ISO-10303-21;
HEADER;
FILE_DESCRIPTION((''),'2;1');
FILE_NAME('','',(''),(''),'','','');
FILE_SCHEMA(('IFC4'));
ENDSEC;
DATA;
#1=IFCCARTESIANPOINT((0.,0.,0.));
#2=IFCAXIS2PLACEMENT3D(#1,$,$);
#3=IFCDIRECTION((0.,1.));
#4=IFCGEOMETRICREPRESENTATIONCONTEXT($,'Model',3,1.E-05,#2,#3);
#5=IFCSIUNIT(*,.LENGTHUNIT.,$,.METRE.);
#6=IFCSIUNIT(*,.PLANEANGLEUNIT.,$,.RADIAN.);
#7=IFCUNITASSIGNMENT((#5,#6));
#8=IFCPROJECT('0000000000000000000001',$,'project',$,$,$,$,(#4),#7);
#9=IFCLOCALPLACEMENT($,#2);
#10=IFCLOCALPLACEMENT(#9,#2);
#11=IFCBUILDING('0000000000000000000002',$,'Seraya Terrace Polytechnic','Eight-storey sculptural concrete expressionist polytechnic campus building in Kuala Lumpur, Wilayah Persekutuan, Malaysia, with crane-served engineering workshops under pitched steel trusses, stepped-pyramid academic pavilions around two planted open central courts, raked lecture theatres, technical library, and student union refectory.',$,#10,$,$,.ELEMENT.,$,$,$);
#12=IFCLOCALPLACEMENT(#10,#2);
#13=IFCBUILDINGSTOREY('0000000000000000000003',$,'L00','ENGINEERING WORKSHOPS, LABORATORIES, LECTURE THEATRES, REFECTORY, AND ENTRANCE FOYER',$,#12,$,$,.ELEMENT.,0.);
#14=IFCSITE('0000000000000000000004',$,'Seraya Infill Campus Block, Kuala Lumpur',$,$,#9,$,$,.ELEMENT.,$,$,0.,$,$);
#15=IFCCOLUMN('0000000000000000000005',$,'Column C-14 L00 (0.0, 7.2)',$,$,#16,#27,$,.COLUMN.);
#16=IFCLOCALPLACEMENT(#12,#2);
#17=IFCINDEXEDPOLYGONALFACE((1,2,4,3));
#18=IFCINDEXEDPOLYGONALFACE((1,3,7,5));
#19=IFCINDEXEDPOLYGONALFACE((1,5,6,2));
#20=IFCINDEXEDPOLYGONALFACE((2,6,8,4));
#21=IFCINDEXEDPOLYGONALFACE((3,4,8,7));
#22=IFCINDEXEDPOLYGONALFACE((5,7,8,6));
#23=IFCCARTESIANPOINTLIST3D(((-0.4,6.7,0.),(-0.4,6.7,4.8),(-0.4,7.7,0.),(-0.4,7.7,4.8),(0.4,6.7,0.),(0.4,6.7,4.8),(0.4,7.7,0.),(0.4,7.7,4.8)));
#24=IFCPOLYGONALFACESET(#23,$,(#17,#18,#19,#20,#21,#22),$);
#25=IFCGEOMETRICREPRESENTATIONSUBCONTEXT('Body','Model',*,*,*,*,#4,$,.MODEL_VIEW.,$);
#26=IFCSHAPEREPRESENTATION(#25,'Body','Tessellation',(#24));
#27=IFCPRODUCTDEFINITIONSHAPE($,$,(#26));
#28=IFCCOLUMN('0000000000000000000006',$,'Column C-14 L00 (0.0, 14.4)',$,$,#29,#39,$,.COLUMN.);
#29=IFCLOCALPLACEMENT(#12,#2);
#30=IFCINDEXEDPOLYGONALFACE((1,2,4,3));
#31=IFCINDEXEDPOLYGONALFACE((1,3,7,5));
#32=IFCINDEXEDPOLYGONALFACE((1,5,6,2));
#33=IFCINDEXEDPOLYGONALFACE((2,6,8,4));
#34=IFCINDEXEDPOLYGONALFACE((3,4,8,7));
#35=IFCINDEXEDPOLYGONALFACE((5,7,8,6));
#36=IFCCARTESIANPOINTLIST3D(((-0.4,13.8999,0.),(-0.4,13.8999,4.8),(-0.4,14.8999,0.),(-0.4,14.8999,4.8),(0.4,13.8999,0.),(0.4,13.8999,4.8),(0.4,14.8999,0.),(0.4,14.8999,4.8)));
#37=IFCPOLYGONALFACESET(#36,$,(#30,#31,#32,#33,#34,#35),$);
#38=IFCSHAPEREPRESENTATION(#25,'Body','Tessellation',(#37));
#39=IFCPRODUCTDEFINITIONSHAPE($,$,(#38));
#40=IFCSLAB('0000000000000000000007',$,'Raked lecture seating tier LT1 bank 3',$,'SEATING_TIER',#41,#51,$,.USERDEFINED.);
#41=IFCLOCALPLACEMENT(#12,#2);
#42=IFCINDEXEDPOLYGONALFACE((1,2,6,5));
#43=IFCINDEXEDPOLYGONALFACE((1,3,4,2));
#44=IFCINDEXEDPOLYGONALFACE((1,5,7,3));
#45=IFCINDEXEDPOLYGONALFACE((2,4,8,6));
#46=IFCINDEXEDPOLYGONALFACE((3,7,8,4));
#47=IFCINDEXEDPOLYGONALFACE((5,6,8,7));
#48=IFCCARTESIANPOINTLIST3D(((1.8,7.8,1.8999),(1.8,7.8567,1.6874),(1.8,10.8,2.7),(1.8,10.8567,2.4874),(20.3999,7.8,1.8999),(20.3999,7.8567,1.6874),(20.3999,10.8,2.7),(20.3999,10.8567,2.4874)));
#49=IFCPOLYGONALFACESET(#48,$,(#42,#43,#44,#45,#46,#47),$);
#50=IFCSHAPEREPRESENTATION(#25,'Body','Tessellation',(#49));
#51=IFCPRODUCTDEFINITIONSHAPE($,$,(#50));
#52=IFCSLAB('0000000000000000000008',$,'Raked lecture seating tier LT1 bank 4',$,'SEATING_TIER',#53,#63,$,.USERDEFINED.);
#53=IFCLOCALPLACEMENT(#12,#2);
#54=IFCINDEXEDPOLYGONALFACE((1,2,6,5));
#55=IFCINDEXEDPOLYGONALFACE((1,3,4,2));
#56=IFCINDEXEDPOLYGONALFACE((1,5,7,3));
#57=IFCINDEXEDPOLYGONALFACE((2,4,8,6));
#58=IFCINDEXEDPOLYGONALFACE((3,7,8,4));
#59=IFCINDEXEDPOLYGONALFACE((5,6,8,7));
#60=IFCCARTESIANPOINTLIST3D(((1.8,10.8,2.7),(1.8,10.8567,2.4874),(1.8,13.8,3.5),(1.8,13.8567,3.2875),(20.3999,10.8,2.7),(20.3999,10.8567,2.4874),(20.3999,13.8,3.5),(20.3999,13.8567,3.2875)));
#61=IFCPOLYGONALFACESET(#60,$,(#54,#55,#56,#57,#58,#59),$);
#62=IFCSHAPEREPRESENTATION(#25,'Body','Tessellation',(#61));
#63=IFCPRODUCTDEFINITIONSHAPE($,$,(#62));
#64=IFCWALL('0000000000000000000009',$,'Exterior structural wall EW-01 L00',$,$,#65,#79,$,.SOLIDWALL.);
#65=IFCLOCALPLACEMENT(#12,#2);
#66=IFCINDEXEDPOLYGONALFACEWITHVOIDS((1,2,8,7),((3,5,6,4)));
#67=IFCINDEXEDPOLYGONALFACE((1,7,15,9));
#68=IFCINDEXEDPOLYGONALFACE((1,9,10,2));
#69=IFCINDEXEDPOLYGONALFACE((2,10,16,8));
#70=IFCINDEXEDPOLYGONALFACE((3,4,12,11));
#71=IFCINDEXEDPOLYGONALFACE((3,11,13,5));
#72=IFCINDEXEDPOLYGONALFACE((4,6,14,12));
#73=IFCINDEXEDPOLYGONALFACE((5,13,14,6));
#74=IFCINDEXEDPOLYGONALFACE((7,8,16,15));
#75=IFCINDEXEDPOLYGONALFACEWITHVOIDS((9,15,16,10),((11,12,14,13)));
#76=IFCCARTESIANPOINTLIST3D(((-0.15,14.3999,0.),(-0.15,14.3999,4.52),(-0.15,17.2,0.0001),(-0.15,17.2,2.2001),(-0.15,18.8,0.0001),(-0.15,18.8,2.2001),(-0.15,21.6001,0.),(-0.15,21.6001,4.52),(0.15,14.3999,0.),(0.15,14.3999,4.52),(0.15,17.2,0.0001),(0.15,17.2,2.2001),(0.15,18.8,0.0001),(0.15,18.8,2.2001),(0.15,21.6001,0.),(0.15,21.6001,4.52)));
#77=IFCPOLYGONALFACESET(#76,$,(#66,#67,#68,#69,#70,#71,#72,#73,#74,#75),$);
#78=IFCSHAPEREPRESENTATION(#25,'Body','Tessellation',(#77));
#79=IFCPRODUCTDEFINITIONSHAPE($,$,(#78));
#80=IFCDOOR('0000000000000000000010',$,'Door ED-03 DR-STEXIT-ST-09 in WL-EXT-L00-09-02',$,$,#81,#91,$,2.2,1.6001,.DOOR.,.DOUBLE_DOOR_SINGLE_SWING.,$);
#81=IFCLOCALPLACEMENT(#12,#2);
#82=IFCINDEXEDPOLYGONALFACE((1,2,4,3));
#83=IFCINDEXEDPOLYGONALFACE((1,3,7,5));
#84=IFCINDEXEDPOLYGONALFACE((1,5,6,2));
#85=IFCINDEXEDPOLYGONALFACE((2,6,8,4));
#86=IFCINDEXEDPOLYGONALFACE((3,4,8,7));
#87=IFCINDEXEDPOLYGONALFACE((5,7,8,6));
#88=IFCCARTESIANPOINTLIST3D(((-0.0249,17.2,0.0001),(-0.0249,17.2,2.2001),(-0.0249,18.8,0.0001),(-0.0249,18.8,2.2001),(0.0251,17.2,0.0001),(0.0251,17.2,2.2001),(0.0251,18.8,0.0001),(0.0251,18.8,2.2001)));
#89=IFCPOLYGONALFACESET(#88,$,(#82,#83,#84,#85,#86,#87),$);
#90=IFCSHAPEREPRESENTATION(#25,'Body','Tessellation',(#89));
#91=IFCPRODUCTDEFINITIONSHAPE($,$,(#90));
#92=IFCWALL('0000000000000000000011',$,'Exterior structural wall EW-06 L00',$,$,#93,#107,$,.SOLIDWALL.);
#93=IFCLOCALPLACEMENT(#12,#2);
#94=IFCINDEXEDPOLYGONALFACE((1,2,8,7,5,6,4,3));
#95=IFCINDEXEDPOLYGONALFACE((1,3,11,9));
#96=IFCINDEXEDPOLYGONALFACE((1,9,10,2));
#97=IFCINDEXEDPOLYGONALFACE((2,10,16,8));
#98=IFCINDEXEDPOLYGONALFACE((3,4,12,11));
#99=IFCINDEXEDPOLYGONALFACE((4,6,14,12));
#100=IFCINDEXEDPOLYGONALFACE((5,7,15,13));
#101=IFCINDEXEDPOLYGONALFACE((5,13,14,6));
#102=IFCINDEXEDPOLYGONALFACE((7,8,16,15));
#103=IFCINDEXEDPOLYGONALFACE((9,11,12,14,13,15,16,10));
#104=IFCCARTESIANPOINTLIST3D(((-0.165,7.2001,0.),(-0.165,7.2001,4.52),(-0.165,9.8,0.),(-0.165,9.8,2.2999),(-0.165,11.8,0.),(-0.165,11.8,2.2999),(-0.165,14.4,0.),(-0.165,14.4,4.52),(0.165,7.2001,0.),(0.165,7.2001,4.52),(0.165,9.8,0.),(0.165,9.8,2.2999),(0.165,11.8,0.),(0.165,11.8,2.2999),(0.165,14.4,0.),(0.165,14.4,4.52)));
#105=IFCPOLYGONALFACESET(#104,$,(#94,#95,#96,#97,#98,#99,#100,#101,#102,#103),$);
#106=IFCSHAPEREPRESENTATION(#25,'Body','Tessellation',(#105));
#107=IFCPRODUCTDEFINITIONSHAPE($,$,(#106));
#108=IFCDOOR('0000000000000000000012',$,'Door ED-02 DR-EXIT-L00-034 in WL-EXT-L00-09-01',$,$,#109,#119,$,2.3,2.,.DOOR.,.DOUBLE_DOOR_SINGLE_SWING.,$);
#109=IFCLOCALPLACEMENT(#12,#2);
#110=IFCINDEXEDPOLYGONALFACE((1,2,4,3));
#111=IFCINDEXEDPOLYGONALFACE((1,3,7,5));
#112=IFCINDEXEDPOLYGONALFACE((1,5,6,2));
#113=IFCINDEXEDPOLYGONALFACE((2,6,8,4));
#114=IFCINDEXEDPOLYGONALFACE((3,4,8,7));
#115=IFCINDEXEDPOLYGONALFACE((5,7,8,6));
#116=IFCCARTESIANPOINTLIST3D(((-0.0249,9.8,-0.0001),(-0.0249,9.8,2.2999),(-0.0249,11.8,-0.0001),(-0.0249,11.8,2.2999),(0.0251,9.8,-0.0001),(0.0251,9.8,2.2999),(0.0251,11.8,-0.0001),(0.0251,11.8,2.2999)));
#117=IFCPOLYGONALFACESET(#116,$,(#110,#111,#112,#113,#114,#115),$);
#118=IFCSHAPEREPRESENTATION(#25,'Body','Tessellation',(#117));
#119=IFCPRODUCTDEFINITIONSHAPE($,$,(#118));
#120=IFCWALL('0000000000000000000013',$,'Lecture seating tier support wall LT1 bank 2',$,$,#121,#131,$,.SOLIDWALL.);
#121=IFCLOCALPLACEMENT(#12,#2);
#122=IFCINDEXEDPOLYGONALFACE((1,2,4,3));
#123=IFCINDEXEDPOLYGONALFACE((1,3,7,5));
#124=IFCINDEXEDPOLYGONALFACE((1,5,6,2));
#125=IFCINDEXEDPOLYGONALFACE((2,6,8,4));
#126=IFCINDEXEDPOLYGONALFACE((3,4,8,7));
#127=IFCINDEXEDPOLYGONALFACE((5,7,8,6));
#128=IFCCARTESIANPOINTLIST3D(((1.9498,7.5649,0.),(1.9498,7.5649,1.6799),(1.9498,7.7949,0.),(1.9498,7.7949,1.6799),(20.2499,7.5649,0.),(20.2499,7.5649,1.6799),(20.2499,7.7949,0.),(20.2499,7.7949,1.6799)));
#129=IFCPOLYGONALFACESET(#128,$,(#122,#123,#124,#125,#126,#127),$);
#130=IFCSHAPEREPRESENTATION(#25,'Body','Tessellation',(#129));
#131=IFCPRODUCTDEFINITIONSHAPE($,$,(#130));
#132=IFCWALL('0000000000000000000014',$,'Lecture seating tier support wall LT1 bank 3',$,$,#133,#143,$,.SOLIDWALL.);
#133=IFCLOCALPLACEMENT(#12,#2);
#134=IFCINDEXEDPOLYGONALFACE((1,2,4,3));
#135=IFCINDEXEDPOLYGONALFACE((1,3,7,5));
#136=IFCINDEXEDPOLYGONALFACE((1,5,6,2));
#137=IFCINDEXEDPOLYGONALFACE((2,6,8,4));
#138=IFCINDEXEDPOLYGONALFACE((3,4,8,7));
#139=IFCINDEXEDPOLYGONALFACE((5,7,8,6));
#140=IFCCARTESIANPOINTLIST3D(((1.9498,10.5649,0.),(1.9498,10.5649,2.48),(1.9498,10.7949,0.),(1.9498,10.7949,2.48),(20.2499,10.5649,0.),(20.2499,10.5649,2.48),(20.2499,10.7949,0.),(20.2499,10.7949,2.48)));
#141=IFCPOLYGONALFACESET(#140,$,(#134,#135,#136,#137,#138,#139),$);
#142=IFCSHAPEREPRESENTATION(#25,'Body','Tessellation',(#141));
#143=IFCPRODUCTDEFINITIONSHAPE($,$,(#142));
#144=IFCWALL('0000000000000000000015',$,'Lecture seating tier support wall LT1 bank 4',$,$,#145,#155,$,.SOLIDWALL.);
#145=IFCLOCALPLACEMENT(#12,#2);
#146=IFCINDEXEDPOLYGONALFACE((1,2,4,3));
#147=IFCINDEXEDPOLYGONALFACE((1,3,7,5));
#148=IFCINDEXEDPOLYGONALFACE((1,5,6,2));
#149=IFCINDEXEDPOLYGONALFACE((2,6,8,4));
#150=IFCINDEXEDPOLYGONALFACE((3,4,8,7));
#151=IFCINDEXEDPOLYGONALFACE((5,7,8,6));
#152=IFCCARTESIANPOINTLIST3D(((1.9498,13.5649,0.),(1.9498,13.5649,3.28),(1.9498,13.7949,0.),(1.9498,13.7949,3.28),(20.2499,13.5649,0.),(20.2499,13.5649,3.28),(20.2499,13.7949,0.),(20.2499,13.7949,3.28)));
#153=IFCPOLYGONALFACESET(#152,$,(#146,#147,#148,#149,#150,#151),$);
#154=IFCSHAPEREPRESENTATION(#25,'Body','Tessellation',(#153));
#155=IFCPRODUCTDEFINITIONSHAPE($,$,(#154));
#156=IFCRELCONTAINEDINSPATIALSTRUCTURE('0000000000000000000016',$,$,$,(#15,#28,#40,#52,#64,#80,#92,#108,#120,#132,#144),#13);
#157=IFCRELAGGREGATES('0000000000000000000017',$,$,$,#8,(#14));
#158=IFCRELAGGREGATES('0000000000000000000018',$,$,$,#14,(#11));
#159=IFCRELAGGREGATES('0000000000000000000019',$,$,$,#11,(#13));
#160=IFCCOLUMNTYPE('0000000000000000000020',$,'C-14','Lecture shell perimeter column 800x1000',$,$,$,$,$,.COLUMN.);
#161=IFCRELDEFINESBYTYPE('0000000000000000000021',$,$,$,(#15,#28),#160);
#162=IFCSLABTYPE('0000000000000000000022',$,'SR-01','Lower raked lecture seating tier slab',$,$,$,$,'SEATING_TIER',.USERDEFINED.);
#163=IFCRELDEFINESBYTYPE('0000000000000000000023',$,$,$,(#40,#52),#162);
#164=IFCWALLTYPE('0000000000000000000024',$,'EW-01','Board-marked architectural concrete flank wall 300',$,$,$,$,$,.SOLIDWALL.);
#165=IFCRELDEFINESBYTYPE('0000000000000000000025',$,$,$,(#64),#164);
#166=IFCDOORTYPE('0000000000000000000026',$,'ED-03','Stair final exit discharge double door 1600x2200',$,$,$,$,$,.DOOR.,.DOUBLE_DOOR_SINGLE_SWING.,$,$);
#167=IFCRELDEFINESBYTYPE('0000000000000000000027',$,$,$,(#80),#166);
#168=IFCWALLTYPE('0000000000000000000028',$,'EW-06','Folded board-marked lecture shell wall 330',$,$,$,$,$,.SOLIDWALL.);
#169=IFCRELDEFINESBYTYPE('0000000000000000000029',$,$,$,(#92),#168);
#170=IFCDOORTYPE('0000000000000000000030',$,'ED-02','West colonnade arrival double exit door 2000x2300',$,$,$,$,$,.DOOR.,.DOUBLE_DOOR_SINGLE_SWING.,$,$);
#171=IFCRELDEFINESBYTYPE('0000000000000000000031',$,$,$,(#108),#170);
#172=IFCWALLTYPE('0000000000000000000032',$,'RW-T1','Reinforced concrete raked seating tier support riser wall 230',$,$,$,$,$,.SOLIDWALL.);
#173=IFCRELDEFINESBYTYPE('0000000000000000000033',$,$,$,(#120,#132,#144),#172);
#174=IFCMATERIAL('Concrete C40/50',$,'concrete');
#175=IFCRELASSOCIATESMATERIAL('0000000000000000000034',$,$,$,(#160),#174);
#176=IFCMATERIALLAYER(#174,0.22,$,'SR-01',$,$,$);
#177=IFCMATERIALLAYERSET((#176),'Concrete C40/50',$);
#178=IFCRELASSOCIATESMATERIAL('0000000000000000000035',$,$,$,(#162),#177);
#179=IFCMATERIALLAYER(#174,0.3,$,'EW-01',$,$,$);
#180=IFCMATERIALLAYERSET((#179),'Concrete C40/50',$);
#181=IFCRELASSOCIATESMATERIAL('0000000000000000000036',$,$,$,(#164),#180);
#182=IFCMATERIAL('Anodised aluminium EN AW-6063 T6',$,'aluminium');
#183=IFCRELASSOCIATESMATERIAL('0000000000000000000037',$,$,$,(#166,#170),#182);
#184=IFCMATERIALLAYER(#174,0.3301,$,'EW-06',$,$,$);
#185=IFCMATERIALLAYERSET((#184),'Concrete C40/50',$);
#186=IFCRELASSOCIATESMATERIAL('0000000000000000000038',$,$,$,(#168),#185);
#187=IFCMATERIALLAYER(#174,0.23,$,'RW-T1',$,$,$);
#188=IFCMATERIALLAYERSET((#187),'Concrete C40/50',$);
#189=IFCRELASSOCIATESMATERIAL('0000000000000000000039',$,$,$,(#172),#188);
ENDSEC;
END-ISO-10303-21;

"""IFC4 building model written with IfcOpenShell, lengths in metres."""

from ifc_helpers import new_model, si_unit, direction, frame, frame_2d, origin, origin_2d, place, context, subcontext, project, spatial, polyline, rectangle, outline, extrude, material, layer, layer_set, material_profile, profile_set, type_object, element, fill, save


model = new_model("IFC4")

# Units and contexts
model_context = context("Model", 3, precision=1e-05, world=origin(), true_north=direction((0.0, 1.0)))
body_context = subcontext(model_context, "Body", "Model", "MODEL_VIEW")
ifc_project = project(units=[si_unit("LENGTHUNIT", "METRE"), si_unit("PLANEANGLEUNIT", "RADIAN")], contexts=[model_context])

# Site, building, storey
site_placement = place(None, origin())
site = spatial("IfcSite", under=ifc_project, at=site_placement, Name="Seraya Infill Campus Block, Kuala Lumpur", CompositionType="ELEMENT", RefElevation=0.0)
building_placement = place(site_placement, origin())
building = spatial("IfcBuilding", under=site, at=building_placement, Name="Seraya Terrace Polytechnic", Description="Eight-storey sculptural concrete expressionist polytechnic campus building in Kuala Lumpur, Wilayah Persekutuan, Malaysia, with crane-served engineering workshops under pitched steel trusses, stepped-pyramid academic pavilions around two planted open central courts, raked lecture theatres, technical library, and student union refectory.", CompositionType="ELEMENT")
storey_placement = place(building_placement, origin())
storey = spatial("IfcBuildingStorey", under=building, at=storey_placement, Name="L00", Description="ENGINEERING WORKSHOPS, LABORATORIES, LECTURE THEATRES, REFECTORY, AND ENTRANCE FOYER", CompositionType="ELEMENT", Elevation=0.0)

# Shared definitions
ifc_material_1 = material(Name="Concrete C40/50", Category="concrete")

# Columns
ifc_material_profile_1 = material_profile(ifc_material_1, rectangle(XDim=0.8, YDim=1.0, at=origin_2d()), Name="RC 800x1000")
ifc_profile_set_1 = profile_set([ifc_material_profile_1], Name="Concrete C40/50")
column_type = type_object("IfcColumnType", Name="C-14", Description="Lecture shell perimeter column 800x1000", PredefinedType="COLUMN", material=ifc_profile_set_1)
for number, where, z_axis, x_axis, name in (
    (1, (0.0, 7.2, 0.0), (0.0, 0.0, 1.0), (1.0, 0.0, 0.0), "Column C-14 L00 (0.0, 7.2)"),
    (2, (0.0, 14.3999, 0.0), (0.0, 0.0, 1.0), (1.0, 0.0, 0.0), "Column C-14 L00 (0.0, 14.4)"),
):
    element("IfcColumn", number, at=place(storey_placement, frame(where, z_axis=z_axis, x_axis=x_axis)), inside=storey, type_object=column_type, Name=name, PredefinedType="COLUMN", context=body_context, shape_type="SweptSolid", body=[
        extrude(rectangle(XDim=0.8, YDim=1.0, at=origin_2d()), origin(), (0.0, 0.0, 1.0), 4.8),
    ])

# Slabs
ifc_layer_1 = layer(ifc_material_1, 0.22, Name="SR-01")
ifc_layer_set_1 = layer_set([ifc_layer_1], Name="Concrete C40/50")
slab_type = type_object("IfcSlabType", Name="SR-01", Description="Lower raked lecture seating tier slab", ElementType="SEATING_TIER", PredefinedType="USERDEFINED", material=ifc_layer_set_1)
for number, where, z_axis, x_axis, name in (
    (3, (1.8, 7.8, 1.8999), (0.0, -0.257677, 0.966231), (1.0, 0.0, 0.0), "Raked lecture seating tier LT1 bank 3"),
    (4, (1.8, 10.8, 2.7), (0.0, -0.257677, 0.966231), (1.0, 0.0, 0.0), "Raked lecture seating tier LT1 bank 4"),
):
    element("IfcSlab", number, at=place(storey_placement, frame(where, z_axis=z_axis, x_axis=x_axis)), inside=storey, type_object=slab_type, Name=name, ObjectType="SEATING_TIER", PredefinedType="USERDEFINED", context=body_context, shape_type="SweptSolid", body=[
        extrude(outline(polyline([(0.0, 0.0), (18.5999, 0.0), (18.5999, 3.1048), (0.0, 3.1048), (0.0, 0.0)])), origin(), (0.0, 0.0, -1.0), 0.22),
    ])

# Walls, openings, doors
ifc_layer_2 = layer(ifc_material_1, 0.3, Name="EW-01")
ifc_layer_set_2 = layer_set([ifc_layer_2], Name="Concrete C40/50")
wall_type_1 = type_object("IfcWallType", Name="EW-01", Description="Board-marked architectural concrete flank wall 300", PredefinedType="SOLIDWALL", material=ifc_layer_set_2)
wall_1_placement = place(storey_placement, frame((0.0, 14.3999, 0.0), z_axis=(0.0, 0.0, 1.0), x_axis=(0.0, 1.0, 0.0)))
wall_1 = element("IfcWall", 5, at=wall_1_placement, inside=storey, type_object=wall_type_1, Name="Exterior structural wall EW-01 L00", PredefinedType="SOLIDWALL", context=body_context, shape_type="SweptSolid", body=[
    extrude(rectangle(XDim=7.2002, YDim=0.3, at=frame_2d((3.6001, 0.0))), origin(), (0.0, 0.0, 1.0), 4.52),
])
opening_1_placement = place(wall_1_placement, frame((2.8, 0.0, 0.0)))
opening_1 = element("IfcOpeningElement", 6, at=opening_1_placement, cuts=wall_1, PredefinedType="OPENING", context=body_context, shape_type="SweptSolid", body=[
    extrude(rectangle(XDim=1.6001, YDim=2.2, at=frame_2d((0.8, 1.1001))), frame((0.0, 0.1621, 0.0), z_axis=(0.0, -1.0, 0.0), x_axis=(1.0, 0.0, 0.0)), (0.0, 0.0, 1.0), 0.324),
])
ifc_material_2 = material(Name="Anodised aluminium EN AW-6063 T6", Category="aluminium")
door_type_1 = type_object("IfcDoorType", Name="ED-03", Description="Stair final exit discharge double door 1600x2200", OperationType="DOUBLE_DOOR_SINGLE_SWING", PredefinedType="DOOR", material=ifc_material_2)
door_1_placement = place(opening_1_placement, origin())
door_1 = element("IfcDoor", 7, at=door_1_placement, inside=storey, type_object=door_type_1, Name="Door ED-03 DR-STEXIT-ST-09 in WL-EXT-L00-09-02", OperationType="DOUBLE_DOOR_SINGLE_SWING", OverallHeight=2.2, OverallWidth=1.6001, PredefinedType="DOOR", context=body_context, shape_type="SweptSolid", body=[
    extrude(rectangle(XDim=1.6001, YDim=2.2, at=frame_2d((0.8, 1.1001))), frame((0.0, 0.0249, 0.0), z_axis=(0.0, -1.0, 0.0), x_axis=(1.0, 0.0, 0.0)), (0.0, 0.0, 1.0), 0.05),
])
fill(opening_1, door_1)
ifc_layer_3 = layer(ifc_material_1, 0.3301, Name="EW-06")
ifc_layer_set_3 = layer_set([ifc_layer_3], Name="Concrete C40/50")
wall_type_2 = type_object("IfcWallType", Name="EW-06", Description="Folded board-marked lecture shell wall 330", PredefinedType="SOLIDWALL", material=ifc_layer_set_3)
wall_2_placement = place(storey_placement, frame((0.0, 7.2, 0.0), z_axis=(0.0, 0.0, 1.0), x_axis=(0.0, 1.0, 0.0)))
wall_2 = element("IfcWall", 8, at=wall_2_placement, inside=storey, type_object=wall_type_2, Name="Exterior structural wall EW-06 L00", PredefinedType="SOLIDWALL", context=body_context, shape_type="SweptSolid", body=[
    extrude(rectangle(XDim=7.2, YDim=0.3301, at=frame_2d((3.6001, 0.0))), origin(), (0.0, 0.0, 1.0), 4.52),
])
opening_2_placement = place(wall_2_placement, frame((2.6001, 0.0, 0.0)))
opening_2 = element("IfcOpeningElement", 9, at=opening_2_placement, cuts=wall_2, PredefinedType="OPENING", context=body_context, shape_type="SweptSolid", body=[
    extrude(rectangle(XDim=2.0, YDim=2.3, at=frame_2d((1.0, 1.1499))), frame((0.0, 0.177, 0.0), z_axis=(0.0, -1.0, 0.0), x_axis=(1.0, 0.0, 0.0)), (0.0, 0.0, 1.0), 0.354),
])
door_type_2 = type_object("IfcDoorType", Name="ED-02", Description="West colonnade arrival double exit door 2000x2300", OperationType="DOUBLE_DOOR_SINGLE_SWING", PredefinedType="DOOR", material=ifc_material_2)
door_2_placement = place(opening_2_placement, origin())
door_2 = element("IfcDoor", 10, at=door_2_placement, inside=storey, type_object=door_type_2, Name="Door ED-02 DR-EXIT-L00-034 in WL-EXT-L00-09-01", OperationType="DOUBLE_DOOR_SINGLE_SWING", OverallHeight=2.3, OverallWidth=2.0, PredefinedType="DOOR", context=body_context, shape_type="SweptSolid", body=[
    extrude(rectangle(XDim=2.0, YDim=2.3, at=frame_2d((1.0, 1.1499))), frame((0.0, 0.0249, 0.0), z_axis=(0.0, -1.0, 0.0), x_axis=(1.0, 0.0, 0.0)), (0.0, 0.0, 1.0), 0.05),
])
fill(opening_2, door_2)

# Walls
ifc_layer_4 = layer(ifc_material_1, 0.23, Name="RW-T1")
ifc_layer_set_4 = layer_set([ifc_layer_4], Name="Concrete C40/50")
wall_type_3 = type_object("IfcWallType", Name="RW-T1", Description="Reinforced concrete raked seating tier support riser wall 230", PredefinedType="SOLIDWALL", material=ifc_layer_set_4)
wall_3_placement = place(storey_placement, frame((1.95, 7.6799, 0.0), z_axis=(0.0, 0.0, 1.0), x_axis=(1.0, 0.0, 0.0)))
element("IfcWall", 11, at=wall_3_placement, inside=storey, type_object=wall_type_3, Name="Lecture seating tier support wall LT1 bank 2", PredefinedType="SOLIDWALL", context=body_context, shape_type="SweptSolid", body=[
    extrude(rectangle(XDim=18.3, YDim=0.23, at=frame_2d((9.1499, 0.0))), origin(), (0.0, 0.0, 1.0), 1.6799),
])
wall_4_placement = place(storey_placement, frame((1.95, 10.6799, 0.0), z_axis=(0.0, 0.0, 1.0), x_axis=(1.0, 0.0, 0.0)))
element("IfcWall", 12, at=wall_4_placement, inside=storey, type_object=wall_type_3, Name="Lecture seating tier support wall LT1 bank 3", PredefinedType="SOLIDWALL", context=body_context, shape_type="SweptSolid", body=[
    extrude(rectangle(XDim=18.3, YDim=0.23, at=frame_2d((9.1499, 0.0))), origin(), (0.0, 0.0, 1.0), 2.48),
])
wall_5_placement = place(storey_placement, frame((1.95, 13.6799, 0.0), z_axis=(0.0, 0.0, 1.0), x_axis=(1.0, 0.0, 0.0)))
element("IfcWall", 13, at=wall_5_placement, inside=storey, type_object=wall_type_3, Name="Lecture seating tier support wall LT1 bank 4", PredefinedType="SOLIDWALL", context=body_context, shape_type="SweptSolid", body=[
    extrude(rectangle(XDim=18.3, YDim=0.23, at=frame_2d((9.1499, 0.0))), origin(), (0.0, 0.0, 1.0), 3.28),
])

save(model, "model.ifc")
